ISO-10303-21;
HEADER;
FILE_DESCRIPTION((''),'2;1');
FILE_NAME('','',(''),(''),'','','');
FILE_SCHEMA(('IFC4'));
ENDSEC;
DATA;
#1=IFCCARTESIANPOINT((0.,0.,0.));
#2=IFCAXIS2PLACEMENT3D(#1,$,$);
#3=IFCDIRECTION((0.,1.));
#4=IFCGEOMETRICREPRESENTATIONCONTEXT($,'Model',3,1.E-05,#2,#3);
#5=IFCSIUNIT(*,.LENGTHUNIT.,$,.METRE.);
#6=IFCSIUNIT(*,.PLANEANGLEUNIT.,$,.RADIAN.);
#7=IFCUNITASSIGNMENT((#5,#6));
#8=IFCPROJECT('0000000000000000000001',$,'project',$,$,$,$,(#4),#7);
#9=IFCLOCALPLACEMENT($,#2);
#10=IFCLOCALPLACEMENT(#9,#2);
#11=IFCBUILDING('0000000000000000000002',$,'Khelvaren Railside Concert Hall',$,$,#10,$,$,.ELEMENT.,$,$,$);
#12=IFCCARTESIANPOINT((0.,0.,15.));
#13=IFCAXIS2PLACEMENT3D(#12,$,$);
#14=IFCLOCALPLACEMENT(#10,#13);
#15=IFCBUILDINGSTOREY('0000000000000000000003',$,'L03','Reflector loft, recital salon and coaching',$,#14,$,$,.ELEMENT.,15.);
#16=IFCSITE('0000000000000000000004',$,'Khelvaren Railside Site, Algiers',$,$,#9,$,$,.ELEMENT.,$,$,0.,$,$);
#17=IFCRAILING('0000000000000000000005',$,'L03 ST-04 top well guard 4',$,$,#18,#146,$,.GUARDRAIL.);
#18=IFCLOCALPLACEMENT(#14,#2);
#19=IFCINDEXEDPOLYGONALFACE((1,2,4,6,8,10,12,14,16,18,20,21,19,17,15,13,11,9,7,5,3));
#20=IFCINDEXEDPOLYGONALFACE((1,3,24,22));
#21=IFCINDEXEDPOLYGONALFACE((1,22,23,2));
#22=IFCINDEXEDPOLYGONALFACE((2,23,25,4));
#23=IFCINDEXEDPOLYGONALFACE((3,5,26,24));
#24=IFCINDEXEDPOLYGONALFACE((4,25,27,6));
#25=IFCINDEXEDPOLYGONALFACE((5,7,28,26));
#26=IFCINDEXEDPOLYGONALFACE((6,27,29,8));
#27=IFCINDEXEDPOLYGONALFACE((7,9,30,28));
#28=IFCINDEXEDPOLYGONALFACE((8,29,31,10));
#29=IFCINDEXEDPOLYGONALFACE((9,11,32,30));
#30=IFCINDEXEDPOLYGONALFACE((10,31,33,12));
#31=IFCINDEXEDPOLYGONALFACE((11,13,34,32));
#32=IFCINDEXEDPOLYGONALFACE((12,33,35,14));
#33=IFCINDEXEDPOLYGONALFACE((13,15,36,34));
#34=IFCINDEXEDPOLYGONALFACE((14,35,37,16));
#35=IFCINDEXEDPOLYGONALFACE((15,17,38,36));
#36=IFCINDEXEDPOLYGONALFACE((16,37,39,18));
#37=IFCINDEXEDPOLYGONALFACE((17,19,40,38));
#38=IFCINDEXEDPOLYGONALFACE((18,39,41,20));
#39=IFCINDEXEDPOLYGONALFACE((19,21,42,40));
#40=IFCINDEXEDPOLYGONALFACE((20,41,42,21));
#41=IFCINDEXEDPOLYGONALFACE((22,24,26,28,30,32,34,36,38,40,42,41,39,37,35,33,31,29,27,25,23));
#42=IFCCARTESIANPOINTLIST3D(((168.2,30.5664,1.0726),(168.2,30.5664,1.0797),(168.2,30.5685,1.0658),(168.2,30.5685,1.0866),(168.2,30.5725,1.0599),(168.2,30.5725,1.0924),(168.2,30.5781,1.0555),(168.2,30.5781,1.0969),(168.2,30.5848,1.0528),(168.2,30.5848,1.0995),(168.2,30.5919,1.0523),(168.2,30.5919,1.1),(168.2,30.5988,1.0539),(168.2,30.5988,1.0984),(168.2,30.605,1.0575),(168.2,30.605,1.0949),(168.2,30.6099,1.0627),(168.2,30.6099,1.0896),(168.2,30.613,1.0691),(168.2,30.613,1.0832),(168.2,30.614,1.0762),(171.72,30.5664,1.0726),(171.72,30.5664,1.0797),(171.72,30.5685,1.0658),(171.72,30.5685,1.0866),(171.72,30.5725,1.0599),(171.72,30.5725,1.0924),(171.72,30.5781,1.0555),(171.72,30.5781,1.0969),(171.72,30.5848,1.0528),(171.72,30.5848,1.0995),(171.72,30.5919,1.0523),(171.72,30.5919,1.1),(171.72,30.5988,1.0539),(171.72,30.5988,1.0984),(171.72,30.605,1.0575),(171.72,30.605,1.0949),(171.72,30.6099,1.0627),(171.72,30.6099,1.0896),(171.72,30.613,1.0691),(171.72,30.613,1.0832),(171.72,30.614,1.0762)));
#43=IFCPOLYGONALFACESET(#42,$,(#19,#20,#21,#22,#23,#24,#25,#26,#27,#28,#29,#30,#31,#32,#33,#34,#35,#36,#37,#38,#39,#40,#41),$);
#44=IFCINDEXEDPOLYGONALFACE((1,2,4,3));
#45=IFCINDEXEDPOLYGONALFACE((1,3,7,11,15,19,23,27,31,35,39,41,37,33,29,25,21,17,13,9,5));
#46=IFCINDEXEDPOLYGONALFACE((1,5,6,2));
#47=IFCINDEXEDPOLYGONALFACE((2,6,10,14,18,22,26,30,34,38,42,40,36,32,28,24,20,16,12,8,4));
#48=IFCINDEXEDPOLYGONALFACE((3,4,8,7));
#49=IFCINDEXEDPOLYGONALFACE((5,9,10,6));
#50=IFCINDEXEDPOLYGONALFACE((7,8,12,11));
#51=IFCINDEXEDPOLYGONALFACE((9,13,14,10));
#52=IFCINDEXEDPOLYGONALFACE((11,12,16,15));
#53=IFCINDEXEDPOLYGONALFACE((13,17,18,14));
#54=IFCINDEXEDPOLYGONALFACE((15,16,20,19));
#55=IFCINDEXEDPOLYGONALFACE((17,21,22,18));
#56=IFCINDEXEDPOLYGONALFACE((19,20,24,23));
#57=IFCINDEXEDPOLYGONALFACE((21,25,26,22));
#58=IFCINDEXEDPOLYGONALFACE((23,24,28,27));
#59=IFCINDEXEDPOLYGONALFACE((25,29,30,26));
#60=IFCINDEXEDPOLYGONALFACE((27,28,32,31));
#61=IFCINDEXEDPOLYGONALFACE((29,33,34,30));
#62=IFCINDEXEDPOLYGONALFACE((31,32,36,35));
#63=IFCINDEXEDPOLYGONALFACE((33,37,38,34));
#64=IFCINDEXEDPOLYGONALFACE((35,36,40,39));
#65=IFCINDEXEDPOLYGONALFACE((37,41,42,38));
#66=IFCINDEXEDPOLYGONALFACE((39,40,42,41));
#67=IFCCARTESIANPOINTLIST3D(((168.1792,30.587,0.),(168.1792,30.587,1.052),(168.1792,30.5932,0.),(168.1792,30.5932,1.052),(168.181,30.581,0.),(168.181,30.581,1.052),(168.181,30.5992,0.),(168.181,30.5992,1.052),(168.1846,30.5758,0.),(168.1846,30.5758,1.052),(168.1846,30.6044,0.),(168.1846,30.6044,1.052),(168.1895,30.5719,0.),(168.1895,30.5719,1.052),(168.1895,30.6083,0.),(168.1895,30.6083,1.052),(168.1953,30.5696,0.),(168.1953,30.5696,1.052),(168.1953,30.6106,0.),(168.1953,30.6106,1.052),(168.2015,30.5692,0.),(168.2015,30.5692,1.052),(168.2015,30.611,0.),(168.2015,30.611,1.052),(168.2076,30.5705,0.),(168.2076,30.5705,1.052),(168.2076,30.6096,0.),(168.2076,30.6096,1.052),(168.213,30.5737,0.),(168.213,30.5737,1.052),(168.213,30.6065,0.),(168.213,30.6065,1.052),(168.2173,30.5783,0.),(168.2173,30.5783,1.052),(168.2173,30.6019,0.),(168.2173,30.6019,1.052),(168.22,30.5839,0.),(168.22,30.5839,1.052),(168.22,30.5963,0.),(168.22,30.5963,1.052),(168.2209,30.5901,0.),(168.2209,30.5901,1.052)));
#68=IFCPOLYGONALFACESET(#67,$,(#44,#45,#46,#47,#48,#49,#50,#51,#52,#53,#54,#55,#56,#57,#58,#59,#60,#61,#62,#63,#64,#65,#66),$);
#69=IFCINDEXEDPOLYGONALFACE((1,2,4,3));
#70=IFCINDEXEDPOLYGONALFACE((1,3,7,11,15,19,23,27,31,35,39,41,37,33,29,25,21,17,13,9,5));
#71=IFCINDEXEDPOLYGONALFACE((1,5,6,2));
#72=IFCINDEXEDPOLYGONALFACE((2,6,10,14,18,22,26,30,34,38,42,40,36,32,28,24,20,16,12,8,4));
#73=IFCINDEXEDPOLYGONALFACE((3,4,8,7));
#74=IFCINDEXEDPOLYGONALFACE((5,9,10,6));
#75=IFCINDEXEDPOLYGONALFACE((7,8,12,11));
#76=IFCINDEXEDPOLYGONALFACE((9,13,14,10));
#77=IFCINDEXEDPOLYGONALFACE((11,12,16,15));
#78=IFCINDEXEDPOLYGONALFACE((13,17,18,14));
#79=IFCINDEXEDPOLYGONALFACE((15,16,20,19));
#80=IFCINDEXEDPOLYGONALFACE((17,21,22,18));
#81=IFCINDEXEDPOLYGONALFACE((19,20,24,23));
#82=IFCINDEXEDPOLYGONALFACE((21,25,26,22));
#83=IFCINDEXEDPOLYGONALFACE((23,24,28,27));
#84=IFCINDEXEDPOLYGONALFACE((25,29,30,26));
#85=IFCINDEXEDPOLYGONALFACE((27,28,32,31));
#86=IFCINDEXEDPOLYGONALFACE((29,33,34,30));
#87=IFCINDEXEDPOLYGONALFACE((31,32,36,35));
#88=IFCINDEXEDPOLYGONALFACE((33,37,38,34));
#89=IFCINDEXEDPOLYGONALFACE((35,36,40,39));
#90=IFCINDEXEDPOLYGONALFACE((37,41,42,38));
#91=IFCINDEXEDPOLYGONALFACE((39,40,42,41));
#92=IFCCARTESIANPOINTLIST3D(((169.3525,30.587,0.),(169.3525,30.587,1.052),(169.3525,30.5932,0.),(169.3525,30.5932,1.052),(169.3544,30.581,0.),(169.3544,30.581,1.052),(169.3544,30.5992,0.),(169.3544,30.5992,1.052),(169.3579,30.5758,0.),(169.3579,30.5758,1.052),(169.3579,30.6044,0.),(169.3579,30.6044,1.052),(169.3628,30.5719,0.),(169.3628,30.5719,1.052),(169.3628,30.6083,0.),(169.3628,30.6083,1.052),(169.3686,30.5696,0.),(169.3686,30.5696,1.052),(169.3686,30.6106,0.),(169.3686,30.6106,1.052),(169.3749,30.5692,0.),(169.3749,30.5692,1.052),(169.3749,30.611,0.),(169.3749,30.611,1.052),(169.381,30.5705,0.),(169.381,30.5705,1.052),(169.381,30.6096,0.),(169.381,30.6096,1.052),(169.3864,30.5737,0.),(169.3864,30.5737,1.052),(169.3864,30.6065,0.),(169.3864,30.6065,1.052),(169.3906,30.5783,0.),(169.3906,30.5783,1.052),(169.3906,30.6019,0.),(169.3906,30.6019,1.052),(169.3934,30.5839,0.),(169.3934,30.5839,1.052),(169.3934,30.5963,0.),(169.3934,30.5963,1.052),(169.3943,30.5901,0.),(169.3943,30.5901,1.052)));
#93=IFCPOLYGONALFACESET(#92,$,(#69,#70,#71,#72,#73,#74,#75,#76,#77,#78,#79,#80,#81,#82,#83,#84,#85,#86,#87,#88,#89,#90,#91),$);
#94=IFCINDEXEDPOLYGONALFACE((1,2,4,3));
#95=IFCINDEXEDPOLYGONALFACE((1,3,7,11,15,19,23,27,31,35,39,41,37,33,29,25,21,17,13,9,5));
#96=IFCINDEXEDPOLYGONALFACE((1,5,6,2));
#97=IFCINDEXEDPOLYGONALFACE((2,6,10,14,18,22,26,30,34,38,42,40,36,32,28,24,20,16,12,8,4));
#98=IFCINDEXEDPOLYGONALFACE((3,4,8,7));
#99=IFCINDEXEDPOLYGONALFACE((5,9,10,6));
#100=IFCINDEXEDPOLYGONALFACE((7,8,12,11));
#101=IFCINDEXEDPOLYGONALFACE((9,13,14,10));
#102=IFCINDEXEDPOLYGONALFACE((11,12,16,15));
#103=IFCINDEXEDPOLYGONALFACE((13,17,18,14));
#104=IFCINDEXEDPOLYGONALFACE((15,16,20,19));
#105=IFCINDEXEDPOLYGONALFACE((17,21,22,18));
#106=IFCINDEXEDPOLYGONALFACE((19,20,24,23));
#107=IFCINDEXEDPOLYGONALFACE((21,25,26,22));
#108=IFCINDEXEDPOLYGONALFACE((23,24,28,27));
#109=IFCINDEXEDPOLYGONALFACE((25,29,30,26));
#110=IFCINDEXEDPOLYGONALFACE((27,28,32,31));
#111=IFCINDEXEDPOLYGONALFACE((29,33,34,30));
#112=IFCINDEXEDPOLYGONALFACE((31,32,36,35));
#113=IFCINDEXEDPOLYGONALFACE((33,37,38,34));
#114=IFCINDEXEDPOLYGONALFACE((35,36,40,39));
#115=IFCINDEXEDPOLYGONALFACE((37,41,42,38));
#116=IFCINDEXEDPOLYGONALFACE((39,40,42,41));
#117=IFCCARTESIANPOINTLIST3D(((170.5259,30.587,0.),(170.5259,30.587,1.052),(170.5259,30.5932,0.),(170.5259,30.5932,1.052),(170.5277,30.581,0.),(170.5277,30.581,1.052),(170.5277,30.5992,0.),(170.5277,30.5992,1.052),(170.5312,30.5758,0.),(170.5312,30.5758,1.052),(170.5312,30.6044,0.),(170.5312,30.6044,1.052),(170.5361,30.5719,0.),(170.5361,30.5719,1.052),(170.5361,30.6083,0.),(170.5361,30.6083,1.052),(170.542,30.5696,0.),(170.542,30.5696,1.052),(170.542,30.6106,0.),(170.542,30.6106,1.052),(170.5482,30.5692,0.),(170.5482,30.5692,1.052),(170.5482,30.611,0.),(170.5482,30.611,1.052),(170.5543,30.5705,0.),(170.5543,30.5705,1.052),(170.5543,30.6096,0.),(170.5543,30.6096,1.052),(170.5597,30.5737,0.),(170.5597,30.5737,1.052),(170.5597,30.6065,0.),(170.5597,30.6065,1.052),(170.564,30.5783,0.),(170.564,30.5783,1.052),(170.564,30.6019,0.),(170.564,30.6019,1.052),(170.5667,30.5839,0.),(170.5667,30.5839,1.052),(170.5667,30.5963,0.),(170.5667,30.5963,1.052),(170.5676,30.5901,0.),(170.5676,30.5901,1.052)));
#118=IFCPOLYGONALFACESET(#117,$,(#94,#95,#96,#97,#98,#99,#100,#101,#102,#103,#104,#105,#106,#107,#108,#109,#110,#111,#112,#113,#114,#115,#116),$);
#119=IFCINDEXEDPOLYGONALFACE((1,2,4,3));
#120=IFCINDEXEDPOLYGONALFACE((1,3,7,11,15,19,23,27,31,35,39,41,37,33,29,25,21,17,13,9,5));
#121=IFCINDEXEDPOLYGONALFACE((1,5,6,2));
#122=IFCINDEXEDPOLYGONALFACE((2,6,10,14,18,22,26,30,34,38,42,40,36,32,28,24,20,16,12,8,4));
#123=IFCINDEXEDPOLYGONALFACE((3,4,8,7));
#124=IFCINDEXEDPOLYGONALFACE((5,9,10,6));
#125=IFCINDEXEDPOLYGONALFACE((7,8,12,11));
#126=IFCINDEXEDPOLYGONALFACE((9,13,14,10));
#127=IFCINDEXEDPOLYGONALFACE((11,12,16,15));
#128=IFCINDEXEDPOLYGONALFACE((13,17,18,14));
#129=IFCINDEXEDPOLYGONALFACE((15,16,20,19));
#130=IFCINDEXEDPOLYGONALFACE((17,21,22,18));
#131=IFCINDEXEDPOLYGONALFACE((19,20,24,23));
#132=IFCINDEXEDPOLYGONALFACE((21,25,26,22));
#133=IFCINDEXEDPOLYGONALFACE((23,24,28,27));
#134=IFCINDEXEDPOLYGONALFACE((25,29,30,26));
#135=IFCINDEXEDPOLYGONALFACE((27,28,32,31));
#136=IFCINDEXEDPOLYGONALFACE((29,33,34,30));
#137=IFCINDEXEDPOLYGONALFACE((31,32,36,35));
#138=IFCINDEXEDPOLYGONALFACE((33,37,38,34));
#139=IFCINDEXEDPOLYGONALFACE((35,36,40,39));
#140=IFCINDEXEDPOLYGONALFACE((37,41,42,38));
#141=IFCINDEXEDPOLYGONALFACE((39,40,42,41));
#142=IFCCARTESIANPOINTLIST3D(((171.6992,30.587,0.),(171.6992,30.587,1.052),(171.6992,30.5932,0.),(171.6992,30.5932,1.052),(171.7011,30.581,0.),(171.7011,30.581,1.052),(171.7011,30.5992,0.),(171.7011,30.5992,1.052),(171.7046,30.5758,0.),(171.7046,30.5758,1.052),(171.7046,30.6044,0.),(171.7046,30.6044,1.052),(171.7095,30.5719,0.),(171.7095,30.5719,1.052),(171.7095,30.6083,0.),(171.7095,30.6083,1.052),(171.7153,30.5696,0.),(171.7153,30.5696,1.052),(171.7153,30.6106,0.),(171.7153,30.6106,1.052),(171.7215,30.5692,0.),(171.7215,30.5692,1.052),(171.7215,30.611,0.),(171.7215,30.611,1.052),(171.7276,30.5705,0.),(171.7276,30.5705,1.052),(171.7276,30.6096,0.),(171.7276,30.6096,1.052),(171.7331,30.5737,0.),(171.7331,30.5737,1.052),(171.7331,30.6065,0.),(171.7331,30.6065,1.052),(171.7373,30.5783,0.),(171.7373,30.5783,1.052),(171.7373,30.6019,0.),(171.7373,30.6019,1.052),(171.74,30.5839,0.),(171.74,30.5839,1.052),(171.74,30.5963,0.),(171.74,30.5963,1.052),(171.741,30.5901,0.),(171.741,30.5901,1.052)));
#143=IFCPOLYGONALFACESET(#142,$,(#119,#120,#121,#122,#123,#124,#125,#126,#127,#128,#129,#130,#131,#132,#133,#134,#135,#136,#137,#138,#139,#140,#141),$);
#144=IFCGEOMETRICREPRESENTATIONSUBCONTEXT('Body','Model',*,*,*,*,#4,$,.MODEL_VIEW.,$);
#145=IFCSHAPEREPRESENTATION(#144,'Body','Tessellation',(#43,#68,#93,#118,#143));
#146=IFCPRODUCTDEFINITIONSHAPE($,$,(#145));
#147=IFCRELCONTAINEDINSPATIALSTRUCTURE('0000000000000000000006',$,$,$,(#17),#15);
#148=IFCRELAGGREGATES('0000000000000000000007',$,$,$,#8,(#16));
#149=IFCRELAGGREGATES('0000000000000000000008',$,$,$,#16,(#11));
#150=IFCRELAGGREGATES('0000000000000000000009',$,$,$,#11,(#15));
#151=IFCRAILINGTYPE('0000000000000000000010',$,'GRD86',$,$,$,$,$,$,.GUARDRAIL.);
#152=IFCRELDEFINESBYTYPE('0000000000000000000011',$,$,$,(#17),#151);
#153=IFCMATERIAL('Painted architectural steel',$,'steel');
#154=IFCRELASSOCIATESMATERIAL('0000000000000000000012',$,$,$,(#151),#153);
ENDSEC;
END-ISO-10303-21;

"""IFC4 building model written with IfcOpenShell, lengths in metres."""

from ifc_helpers import new_model, si_unit, direction, frame, origin, origin_2d, place, context, subcontext, project, spatial, circle, extrude, material, type_object, element, save


model = new_model("IFC4")

# Units and contexts
model_context = context("Model", 3, precision=1e-05, world=origin(), true_north=direction((0.0, 1.0)))
body_context = subcontext(model_context, "Body", "Model", "MODEL_VIEW")
ifc_project = project(units=[si_unit("LENGTHUNIT", "METRE"), si_unit("PLANEANGLEUNIT", "RADIAN")], contexts=[model_context])

# Site, building, storey
site_placement = place(None, origin())
site = spatial("IfcSite", under=ifc_project, at=site_placement, Name="Khelvaren Railside Site, Algiers", CompositionType="ELEMENT", RefElevation=0.0)
building_placement = place(site_placement, origin())
building = spatial("IfcBuilding", under=site, at=building_placement, Name="Khelvaren Railside Concert Hall", CompositionType="ELEMENT")
storey_placement = place(building_placement, frame((0.0, 0.0, 15.0)))
storey = spatial("IfcBuildingStorey", under=building, at=storey_placement, Name="L03", Description="Reflector loft, recital salon and coaching", CompositionType="ELEMENT", Elevation=15.0)

# Railing
ifc_material_1 = material(Name="Painted architectural steel", Category="steel")
railing_type = type_object("IfcRailingType", Name="GRD86", PredefinedType="GUARDRAIL", material=ifc_material_1)
railing_1_placement = place(storey_placement, frame((168.2, 30.5901, 0.0)))
element("IfcRailing", 1, at=railing_1_placement, inside=storey, type_object=railing_type, Name="L03 ST-04 top well guard 4", PredefinedType="GUARDRAIL", context=body_context, shape_type="SweptSolid", body=[
    extrude(circle(Radius=0.0239, at=origin_2d()), frame((0.0, 0.0, 1.0762), z_axis=(1.0, 0.0, 0.0), x_axis=(0.0, 1.0, 0.0)), (0.0, 0.0, 1.0), 3.52),
    extrude(circle(Radius=0.021, at=origin_2d()), origin(), (0.0, 0.0, 1.0), 1.052),
    extrude(circle(Radius=0.021, at=origin_2d()), frame((1.1733, 0.0, 0.0)), (0.0, 0.0, 1.0), 1.052),
    extrude(circle(Radius=0.021, at=origin_2d()), frame((2.3467, 0.0, 0.0)), (0.0, 0.0, 1.0), 1.052),
    extrude(circle(Radius=0.021, at=origin_2d()), frame((3.52, 0.0, 0.0)), (0.0, 0.0, 1.0), 1.052),
])

save(model, "model.ifc")
